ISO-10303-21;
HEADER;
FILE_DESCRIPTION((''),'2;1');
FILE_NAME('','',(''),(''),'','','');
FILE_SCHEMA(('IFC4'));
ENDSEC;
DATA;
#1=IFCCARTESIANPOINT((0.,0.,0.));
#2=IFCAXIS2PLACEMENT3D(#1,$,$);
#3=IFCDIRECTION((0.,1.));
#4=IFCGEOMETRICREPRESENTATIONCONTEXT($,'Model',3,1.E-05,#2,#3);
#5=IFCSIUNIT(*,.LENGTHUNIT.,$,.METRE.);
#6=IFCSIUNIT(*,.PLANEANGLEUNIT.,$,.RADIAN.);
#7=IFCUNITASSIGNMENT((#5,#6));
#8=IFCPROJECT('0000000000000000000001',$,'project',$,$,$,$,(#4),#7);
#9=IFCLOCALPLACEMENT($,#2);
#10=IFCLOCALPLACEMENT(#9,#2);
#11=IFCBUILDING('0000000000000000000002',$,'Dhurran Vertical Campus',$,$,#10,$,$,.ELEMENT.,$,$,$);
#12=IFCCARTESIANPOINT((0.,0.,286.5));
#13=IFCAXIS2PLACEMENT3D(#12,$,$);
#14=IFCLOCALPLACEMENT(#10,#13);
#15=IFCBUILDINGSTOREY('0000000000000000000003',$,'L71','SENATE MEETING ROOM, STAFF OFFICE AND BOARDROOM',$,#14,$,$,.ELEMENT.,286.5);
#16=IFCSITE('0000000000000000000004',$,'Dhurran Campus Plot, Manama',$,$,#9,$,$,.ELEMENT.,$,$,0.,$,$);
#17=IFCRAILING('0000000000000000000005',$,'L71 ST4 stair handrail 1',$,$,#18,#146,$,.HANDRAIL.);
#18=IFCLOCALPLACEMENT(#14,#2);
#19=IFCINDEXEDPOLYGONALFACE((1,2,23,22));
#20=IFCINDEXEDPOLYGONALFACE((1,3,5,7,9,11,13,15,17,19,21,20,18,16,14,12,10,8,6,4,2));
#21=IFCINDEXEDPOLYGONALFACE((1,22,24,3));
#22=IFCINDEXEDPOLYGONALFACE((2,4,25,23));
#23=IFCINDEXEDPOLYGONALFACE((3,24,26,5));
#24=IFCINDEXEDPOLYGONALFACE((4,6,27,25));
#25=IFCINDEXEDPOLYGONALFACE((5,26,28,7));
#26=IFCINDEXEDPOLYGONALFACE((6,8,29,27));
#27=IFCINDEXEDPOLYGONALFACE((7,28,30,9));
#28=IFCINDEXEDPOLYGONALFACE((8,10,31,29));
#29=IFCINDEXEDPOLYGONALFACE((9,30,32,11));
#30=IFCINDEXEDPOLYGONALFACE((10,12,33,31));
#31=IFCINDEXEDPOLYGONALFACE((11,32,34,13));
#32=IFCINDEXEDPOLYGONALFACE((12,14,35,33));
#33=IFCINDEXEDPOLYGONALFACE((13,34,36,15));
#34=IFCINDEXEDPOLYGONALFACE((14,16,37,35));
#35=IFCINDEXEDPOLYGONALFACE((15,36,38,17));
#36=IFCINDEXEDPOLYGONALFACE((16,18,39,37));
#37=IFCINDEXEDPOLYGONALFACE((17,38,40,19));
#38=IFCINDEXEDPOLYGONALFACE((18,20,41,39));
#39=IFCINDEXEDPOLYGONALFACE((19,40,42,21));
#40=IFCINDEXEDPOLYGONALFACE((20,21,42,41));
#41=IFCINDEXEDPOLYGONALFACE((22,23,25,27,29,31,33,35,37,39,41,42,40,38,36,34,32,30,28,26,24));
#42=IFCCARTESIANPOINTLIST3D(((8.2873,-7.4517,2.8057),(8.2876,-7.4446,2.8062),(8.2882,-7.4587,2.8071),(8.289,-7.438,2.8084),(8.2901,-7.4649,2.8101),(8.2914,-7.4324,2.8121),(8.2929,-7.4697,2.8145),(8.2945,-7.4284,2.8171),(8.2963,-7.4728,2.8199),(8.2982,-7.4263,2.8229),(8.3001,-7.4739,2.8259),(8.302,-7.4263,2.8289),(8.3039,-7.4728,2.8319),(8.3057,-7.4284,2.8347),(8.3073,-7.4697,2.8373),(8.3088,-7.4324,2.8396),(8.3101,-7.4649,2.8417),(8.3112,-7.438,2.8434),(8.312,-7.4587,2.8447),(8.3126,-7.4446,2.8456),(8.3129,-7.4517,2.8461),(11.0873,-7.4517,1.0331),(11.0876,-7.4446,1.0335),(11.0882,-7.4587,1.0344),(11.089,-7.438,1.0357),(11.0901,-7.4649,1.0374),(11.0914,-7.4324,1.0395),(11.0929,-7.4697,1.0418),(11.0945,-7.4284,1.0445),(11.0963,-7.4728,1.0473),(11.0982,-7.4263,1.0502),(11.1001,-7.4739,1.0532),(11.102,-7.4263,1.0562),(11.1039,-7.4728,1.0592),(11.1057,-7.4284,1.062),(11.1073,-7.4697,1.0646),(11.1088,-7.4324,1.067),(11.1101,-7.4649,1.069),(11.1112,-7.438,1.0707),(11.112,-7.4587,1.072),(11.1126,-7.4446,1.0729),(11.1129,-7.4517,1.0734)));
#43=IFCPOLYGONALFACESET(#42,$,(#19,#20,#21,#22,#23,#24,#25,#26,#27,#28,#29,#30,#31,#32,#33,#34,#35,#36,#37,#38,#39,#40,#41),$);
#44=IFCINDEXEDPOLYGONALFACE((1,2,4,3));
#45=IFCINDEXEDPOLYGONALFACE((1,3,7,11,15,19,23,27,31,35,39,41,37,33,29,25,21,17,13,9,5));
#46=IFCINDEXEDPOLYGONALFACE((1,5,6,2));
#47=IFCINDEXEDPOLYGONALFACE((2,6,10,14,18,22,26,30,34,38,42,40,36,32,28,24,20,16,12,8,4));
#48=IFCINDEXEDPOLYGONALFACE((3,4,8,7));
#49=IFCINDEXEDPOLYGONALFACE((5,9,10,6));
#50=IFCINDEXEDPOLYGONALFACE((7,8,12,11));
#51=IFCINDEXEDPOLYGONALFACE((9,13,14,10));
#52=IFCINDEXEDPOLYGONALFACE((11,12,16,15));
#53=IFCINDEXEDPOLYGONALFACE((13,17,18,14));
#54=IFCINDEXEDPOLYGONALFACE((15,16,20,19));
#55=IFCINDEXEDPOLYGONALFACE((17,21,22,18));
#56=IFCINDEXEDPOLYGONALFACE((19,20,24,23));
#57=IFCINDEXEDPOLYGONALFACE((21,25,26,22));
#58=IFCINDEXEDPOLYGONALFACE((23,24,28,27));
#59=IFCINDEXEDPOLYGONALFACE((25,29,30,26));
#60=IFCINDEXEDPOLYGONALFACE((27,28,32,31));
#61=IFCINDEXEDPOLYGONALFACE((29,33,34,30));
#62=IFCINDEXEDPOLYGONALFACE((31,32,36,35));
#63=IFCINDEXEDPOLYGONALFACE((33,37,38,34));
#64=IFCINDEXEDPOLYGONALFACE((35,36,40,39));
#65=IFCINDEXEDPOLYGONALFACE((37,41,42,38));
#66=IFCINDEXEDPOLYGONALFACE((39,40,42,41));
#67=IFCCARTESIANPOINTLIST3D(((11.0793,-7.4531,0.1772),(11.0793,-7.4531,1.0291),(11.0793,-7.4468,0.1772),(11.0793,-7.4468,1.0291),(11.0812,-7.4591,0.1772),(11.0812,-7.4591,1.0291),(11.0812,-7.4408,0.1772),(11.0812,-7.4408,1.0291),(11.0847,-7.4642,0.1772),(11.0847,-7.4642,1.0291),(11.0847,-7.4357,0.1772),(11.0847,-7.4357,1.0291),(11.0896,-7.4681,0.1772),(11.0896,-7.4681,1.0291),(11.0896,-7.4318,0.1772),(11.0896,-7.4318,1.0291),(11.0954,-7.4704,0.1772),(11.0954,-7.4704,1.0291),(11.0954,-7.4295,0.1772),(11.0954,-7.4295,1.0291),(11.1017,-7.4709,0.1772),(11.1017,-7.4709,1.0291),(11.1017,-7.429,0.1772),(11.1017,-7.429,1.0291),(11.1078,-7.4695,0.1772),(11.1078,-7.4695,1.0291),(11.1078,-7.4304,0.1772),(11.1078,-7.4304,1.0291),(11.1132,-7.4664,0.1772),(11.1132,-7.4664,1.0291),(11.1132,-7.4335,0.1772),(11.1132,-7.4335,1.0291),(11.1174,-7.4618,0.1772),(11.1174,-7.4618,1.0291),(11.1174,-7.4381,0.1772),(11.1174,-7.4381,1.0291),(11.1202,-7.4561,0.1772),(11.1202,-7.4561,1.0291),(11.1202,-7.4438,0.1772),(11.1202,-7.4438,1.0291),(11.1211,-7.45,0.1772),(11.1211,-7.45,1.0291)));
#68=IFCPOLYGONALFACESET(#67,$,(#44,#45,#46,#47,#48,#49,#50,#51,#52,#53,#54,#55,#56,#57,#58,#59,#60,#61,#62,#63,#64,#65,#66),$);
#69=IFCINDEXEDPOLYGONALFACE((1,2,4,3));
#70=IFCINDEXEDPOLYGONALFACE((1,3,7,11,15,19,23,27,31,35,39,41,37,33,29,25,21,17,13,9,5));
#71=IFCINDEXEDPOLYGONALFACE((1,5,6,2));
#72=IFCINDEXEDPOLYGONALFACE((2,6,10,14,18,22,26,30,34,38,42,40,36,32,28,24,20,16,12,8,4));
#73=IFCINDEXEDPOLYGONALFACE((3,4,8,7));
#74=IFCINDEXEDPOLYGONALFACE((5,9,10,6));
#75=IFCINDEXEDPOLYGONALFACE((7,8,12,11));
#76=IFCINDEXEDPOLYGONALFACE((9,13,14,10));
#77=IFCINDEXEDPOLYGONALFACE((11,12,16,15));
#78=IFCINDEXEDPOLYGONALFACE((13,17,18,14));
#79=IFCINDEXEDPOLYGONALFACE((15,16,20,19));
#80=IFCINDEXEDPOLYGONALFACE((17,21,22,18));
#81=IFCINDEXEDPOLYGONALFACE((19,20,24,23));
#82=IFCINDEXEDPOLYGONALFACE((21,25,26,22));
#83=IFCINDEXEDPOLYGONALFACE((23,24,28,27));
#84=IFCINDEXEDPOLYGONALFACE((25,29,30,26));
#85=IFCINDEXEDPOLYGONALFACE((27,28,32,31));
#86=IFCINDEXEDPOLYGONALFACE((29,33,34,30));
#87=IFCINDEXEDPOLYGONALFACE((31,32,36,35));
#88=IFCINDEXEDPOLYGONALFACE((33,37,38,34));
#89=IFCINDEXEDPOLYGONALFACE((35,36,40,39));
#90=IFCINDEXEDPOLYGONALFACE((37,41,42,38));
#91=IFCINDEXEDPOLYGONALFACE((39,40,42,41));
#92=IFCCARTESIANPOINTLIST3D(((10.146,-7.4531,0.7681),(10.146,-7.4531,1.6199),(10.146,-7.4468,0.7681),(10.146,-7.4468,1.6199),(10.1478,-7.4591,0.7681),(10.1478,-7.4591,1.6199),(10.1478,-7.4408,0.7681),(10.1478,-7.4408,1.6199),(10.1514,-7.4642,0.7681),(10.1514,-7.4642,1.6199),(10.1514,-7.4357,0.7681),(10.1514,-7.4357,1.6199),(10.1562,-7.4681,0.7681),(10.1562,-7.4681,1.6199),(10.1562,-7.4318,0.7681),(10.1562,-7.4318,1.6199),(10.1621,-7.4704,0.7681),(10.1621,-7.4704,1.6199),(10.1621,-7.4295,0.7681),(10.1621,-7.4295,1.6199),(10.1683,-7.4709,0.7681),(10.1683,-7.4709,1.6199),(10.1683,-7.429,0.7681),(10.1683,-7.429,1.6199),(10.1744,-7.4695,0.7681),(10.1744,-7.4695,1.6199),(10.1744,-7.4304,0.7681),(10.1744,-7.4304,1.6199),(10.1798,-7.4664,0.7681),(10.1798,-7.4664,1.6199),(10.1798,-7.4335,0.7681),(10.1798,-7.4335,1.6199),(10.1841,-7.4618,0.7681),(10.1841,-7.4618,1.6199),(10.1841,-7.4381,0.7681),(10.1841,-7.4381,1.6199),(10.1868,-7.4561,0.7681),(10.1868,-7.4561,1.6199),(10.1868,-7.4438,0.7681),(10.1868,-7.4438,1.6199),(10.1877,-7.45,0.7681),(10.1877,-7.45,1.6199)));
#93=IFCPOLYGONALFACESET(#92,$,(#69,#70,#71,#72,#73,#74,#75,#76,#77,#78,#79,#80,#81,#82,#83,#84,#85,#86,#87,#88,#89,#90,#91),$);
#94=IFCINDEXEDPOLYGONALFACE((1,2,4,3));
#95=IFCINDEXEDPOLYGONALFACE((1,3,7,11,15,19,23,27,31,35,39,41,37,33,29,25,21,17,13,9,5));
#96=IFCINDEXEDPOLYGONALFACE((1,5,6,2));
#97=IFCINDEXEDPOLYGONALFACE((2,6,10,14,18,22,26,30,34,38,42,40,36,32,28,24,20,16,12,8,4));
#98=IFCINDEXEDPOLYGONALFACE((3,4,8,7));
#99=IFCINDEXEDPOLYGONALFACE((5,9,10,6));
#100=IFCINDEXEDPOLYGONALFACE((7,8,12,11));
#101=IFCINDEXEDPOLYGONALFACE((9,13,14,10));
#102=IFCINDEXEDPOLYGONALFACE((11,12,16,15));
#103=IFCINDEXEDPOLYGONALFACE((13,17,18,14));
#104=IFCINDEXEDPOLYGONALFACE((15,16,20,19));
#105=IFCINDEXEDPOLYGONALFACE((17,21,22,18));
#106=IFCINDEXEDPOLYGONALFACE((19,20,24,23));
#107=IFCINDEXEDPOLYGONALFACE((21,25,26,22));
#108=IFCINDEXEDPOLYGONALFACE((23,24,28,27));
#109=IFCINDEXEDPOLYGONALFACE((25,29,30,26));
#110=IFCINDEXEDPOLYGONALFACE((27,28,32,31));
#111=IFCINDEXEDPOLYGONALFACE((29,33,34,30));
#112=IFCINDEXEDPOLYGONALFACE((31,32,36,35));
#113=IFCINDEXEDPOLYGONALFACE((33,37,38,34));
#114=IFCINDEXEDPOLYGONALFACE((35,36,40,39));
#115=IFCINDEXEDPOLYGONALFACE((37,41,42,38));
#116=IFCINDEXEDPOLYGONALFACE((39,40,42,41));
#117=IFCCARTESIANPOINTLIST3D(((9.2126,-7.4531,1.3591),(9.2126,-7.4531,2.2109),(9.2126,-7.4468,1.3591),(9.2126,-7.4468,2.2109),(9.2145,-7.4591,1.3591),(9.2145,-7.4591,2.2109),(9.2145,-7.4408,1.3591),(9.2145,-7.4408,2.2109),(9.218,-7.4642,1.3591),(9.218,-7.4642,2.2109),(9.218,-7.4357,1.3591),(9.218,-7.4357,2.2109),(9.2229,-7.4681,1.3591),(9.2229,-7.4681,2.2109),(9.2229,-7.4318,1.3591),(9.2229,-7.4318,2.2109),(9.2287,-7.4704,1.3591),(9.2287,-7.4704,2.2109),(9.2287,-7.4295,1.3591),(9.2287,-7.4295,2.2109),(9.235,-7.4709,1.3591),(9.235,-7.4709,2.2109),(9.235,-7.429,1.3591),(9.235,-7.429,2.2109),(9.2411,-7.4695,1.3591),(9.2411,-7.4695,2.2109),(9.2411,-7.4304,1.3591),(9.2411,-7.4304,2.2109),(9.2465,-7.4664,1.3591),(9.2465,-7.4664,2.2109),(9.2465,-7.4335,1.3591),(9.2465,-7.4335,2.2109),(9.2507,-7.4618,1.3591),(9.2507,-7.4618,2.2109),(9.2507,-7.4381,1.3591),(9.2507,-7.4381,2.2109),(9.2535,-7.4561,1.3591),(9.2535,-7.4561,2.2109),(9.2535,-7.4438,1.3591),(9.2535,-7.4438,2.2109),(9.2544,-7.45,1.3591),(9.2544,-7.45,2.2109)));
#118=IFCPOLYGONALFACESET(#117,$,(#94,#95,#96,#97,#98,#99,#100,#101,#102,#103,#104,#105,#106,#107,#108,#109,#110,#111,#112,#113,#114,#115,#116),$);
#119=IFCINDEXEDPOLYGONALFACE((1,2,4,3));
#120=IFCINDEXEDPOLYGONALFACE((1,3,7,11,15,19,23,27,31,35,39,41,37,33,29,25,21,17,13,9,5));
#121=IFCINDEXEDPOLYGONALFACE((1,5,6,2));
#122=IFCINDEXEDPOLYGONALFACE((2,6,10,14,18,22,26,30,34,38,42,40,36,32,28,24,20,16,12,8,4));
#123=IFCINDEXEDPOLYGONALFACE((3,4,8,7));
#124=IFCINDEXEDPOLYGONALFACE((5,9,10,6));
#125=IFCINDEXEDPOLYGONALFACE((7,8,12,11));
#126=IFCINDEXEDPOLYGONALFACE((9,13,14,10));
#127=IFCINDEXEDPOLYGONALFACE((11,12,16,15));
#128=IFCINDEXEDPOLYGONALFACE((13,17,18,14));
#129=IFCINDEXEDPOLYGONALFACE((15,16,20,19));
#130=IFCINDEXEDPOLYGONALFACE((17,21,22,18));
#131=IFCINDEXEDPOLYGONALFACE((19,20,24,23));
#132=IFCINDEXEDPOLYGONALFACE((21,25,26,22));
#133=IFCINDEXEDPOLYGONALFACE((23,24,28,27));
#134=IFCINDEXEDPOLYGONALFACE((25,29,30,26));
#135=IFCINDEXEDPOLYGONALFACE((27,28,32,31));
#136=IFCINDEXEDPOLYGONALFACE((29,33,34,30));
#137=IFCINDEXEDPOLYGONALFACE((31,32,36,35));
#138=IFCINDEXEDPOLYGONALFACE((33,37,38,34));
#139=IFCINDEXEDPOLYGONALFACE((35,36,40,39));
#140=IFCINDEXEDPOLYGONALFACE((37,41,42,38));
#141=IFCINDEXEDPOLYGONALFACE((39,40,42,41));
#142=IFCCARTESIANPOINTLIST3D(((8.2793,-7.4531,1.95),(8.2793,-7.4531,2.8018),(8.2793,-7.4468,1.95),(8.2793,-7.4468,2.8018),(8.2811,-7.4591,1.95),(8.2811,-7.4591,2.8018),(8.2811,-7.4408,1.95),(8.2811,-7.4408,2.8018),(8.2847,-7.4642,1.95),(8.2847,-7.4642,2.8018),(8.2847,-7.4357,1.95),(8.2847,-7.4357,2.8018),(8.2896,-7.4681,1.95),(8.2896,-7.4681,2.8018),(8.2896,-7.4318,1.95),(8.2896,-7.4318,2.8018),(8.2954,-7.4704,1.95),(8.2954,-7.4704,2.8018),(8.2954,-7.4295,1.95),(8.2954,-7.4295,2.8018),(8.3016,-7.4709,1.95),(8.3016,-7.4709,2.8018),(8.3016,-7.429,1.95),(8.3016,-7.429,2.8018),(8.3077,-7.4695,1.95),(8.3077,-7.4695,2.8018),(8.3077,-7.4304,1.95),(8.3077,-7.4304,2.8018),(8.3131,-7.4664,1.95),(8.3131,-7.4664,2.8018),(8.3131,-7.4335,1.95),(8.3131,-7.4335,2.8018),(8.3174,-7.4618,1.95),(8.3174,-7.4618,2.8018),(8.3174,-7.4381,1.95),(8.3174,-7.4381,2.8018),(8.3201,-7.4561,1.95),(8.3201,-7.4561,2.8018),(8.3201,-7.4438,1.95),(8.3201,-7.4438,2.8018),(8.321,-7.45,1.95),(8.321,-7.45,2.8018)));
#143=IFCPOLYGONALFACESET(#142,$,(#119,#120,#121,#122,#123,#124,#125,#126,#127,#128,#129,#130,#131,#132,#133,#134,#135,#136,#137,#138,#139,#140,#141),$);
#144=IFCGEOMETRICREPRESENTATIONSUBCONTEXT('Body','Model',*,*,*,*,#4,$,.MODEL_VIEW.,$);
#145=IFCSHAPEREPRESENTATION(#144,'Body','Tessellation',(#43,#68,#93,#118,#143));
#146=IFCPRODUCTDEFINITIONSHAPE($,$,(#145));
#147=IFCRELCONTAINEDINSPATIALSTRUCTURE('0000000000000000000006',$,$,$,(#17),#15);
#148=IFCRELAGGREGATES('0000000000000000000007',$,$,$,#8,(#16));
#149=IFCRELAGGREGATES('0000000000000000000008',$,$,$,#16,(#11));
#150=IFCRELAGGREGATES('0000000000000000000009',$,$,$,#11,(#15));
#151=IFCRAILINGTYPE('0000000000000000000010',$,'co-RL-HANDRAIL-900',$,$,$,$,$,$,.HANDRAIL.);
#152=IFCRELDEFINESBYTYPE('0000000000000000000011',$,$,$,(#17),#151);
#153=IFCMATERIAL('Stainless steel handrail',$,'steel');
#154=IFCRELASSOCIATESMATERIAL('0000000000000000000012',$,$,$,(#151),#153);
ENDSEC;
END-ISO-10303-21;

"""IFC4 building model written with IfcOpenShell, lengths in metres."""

from ifc_helpers import new_model, si_unit, direction, frame, origin, origin_2d, place, context, subcontext, project, spatial, circle, extrude, material, type_object, element, save


model = new_model("IFC4")

# Units and contexts
model_context = context("Model", 3, precision=1e-05, world=origin(), true_north=direction((0.0, 1.0)))
body_context = subcontext(model_context, "Body", "Model", "MODEL_VIEW")
ifc_project = project(units=[si_unit("LENGTHUNIT", "METRE"), si_unit("PLANEANGLEUNIT", "RADIAN")], contexts=[model_context])

# Site, building, storey
site_placement = place(None, origin())
site = spatial("IfcSite", under=ifc_project, at=site_placement, Name="Dhurran Campus Plot, Manama", CompositionType="ELEMENT", RefElevation=0.0)
building_placement = place(site_placement, origin())
building = spatial("IfcBuilding", under=site, at=building_placement, Name="Dhurran Vertical Campus", CompositionType="ELEMENT")
storey_placement = place(building_placement, frame((0.0, 0.0, 286.5)))
storey = spatial("IfcBuildingStorey", under=building, at=storey_placement, Name="L71", Description="SENATE MEETING ROOM, STAFF OFFICE AND BOARDROOM", CompositionType="ELEMENT", Elevation=286.5)

# Railing
ifc_material_1 = material(Name="Stainless steel handrail", Category="steel")
railing_type_1 = type_object("IfcRailingType", Name="co-RL-HANDRAIL-900", PredefinedType="HANDRAIL", material=ifc_material_1)
railing_1_placement = place(storey_placement, frame((11.1001, -7.45, 0.1772)))
element("IfcRailing", 1, at=railing_1_placement, inside=storey, type_object=railing_type_1, Name="L71 ST4 stair handrail 1", PredefinedType="HANDRAIL", context=body_context, shape_type="SweptSolid", body=[
    extrude(circle(Radius=0.0239, at=origin_2d()), frame((0.0, 0.0, 0.876), z_axis=(-0.844909, 0.0, 0.53491), x_axis=(0.0, -1.0, 0.0)), (0.0, 0.0, 1.0), 3.314),
    extrude(circle(Radius=0.021, at=origin_2d()), origin(), (0.0, 0.0, 1.0), 0.8518),
    extrude(circle(Radius=0.021, at=origin_2d()), frame((-0.9333, 0.0, 0.5908)), (0.0, 0.0, 1.0), 0.8518),
    extrude(circle(Radius=0.021, at=origin_2d()), frame((-1.8667, 0.0, 1.1819)), (0.0, 0.0, 1.0), 0.8518),
    extrude(circle(Radius=0.021, at=origin_2d()), frame((-2.8, 0.0, 1.7727)), (0.0, 0.0, 1.0), 0.8518),
])

save(model, "model.ifc")
